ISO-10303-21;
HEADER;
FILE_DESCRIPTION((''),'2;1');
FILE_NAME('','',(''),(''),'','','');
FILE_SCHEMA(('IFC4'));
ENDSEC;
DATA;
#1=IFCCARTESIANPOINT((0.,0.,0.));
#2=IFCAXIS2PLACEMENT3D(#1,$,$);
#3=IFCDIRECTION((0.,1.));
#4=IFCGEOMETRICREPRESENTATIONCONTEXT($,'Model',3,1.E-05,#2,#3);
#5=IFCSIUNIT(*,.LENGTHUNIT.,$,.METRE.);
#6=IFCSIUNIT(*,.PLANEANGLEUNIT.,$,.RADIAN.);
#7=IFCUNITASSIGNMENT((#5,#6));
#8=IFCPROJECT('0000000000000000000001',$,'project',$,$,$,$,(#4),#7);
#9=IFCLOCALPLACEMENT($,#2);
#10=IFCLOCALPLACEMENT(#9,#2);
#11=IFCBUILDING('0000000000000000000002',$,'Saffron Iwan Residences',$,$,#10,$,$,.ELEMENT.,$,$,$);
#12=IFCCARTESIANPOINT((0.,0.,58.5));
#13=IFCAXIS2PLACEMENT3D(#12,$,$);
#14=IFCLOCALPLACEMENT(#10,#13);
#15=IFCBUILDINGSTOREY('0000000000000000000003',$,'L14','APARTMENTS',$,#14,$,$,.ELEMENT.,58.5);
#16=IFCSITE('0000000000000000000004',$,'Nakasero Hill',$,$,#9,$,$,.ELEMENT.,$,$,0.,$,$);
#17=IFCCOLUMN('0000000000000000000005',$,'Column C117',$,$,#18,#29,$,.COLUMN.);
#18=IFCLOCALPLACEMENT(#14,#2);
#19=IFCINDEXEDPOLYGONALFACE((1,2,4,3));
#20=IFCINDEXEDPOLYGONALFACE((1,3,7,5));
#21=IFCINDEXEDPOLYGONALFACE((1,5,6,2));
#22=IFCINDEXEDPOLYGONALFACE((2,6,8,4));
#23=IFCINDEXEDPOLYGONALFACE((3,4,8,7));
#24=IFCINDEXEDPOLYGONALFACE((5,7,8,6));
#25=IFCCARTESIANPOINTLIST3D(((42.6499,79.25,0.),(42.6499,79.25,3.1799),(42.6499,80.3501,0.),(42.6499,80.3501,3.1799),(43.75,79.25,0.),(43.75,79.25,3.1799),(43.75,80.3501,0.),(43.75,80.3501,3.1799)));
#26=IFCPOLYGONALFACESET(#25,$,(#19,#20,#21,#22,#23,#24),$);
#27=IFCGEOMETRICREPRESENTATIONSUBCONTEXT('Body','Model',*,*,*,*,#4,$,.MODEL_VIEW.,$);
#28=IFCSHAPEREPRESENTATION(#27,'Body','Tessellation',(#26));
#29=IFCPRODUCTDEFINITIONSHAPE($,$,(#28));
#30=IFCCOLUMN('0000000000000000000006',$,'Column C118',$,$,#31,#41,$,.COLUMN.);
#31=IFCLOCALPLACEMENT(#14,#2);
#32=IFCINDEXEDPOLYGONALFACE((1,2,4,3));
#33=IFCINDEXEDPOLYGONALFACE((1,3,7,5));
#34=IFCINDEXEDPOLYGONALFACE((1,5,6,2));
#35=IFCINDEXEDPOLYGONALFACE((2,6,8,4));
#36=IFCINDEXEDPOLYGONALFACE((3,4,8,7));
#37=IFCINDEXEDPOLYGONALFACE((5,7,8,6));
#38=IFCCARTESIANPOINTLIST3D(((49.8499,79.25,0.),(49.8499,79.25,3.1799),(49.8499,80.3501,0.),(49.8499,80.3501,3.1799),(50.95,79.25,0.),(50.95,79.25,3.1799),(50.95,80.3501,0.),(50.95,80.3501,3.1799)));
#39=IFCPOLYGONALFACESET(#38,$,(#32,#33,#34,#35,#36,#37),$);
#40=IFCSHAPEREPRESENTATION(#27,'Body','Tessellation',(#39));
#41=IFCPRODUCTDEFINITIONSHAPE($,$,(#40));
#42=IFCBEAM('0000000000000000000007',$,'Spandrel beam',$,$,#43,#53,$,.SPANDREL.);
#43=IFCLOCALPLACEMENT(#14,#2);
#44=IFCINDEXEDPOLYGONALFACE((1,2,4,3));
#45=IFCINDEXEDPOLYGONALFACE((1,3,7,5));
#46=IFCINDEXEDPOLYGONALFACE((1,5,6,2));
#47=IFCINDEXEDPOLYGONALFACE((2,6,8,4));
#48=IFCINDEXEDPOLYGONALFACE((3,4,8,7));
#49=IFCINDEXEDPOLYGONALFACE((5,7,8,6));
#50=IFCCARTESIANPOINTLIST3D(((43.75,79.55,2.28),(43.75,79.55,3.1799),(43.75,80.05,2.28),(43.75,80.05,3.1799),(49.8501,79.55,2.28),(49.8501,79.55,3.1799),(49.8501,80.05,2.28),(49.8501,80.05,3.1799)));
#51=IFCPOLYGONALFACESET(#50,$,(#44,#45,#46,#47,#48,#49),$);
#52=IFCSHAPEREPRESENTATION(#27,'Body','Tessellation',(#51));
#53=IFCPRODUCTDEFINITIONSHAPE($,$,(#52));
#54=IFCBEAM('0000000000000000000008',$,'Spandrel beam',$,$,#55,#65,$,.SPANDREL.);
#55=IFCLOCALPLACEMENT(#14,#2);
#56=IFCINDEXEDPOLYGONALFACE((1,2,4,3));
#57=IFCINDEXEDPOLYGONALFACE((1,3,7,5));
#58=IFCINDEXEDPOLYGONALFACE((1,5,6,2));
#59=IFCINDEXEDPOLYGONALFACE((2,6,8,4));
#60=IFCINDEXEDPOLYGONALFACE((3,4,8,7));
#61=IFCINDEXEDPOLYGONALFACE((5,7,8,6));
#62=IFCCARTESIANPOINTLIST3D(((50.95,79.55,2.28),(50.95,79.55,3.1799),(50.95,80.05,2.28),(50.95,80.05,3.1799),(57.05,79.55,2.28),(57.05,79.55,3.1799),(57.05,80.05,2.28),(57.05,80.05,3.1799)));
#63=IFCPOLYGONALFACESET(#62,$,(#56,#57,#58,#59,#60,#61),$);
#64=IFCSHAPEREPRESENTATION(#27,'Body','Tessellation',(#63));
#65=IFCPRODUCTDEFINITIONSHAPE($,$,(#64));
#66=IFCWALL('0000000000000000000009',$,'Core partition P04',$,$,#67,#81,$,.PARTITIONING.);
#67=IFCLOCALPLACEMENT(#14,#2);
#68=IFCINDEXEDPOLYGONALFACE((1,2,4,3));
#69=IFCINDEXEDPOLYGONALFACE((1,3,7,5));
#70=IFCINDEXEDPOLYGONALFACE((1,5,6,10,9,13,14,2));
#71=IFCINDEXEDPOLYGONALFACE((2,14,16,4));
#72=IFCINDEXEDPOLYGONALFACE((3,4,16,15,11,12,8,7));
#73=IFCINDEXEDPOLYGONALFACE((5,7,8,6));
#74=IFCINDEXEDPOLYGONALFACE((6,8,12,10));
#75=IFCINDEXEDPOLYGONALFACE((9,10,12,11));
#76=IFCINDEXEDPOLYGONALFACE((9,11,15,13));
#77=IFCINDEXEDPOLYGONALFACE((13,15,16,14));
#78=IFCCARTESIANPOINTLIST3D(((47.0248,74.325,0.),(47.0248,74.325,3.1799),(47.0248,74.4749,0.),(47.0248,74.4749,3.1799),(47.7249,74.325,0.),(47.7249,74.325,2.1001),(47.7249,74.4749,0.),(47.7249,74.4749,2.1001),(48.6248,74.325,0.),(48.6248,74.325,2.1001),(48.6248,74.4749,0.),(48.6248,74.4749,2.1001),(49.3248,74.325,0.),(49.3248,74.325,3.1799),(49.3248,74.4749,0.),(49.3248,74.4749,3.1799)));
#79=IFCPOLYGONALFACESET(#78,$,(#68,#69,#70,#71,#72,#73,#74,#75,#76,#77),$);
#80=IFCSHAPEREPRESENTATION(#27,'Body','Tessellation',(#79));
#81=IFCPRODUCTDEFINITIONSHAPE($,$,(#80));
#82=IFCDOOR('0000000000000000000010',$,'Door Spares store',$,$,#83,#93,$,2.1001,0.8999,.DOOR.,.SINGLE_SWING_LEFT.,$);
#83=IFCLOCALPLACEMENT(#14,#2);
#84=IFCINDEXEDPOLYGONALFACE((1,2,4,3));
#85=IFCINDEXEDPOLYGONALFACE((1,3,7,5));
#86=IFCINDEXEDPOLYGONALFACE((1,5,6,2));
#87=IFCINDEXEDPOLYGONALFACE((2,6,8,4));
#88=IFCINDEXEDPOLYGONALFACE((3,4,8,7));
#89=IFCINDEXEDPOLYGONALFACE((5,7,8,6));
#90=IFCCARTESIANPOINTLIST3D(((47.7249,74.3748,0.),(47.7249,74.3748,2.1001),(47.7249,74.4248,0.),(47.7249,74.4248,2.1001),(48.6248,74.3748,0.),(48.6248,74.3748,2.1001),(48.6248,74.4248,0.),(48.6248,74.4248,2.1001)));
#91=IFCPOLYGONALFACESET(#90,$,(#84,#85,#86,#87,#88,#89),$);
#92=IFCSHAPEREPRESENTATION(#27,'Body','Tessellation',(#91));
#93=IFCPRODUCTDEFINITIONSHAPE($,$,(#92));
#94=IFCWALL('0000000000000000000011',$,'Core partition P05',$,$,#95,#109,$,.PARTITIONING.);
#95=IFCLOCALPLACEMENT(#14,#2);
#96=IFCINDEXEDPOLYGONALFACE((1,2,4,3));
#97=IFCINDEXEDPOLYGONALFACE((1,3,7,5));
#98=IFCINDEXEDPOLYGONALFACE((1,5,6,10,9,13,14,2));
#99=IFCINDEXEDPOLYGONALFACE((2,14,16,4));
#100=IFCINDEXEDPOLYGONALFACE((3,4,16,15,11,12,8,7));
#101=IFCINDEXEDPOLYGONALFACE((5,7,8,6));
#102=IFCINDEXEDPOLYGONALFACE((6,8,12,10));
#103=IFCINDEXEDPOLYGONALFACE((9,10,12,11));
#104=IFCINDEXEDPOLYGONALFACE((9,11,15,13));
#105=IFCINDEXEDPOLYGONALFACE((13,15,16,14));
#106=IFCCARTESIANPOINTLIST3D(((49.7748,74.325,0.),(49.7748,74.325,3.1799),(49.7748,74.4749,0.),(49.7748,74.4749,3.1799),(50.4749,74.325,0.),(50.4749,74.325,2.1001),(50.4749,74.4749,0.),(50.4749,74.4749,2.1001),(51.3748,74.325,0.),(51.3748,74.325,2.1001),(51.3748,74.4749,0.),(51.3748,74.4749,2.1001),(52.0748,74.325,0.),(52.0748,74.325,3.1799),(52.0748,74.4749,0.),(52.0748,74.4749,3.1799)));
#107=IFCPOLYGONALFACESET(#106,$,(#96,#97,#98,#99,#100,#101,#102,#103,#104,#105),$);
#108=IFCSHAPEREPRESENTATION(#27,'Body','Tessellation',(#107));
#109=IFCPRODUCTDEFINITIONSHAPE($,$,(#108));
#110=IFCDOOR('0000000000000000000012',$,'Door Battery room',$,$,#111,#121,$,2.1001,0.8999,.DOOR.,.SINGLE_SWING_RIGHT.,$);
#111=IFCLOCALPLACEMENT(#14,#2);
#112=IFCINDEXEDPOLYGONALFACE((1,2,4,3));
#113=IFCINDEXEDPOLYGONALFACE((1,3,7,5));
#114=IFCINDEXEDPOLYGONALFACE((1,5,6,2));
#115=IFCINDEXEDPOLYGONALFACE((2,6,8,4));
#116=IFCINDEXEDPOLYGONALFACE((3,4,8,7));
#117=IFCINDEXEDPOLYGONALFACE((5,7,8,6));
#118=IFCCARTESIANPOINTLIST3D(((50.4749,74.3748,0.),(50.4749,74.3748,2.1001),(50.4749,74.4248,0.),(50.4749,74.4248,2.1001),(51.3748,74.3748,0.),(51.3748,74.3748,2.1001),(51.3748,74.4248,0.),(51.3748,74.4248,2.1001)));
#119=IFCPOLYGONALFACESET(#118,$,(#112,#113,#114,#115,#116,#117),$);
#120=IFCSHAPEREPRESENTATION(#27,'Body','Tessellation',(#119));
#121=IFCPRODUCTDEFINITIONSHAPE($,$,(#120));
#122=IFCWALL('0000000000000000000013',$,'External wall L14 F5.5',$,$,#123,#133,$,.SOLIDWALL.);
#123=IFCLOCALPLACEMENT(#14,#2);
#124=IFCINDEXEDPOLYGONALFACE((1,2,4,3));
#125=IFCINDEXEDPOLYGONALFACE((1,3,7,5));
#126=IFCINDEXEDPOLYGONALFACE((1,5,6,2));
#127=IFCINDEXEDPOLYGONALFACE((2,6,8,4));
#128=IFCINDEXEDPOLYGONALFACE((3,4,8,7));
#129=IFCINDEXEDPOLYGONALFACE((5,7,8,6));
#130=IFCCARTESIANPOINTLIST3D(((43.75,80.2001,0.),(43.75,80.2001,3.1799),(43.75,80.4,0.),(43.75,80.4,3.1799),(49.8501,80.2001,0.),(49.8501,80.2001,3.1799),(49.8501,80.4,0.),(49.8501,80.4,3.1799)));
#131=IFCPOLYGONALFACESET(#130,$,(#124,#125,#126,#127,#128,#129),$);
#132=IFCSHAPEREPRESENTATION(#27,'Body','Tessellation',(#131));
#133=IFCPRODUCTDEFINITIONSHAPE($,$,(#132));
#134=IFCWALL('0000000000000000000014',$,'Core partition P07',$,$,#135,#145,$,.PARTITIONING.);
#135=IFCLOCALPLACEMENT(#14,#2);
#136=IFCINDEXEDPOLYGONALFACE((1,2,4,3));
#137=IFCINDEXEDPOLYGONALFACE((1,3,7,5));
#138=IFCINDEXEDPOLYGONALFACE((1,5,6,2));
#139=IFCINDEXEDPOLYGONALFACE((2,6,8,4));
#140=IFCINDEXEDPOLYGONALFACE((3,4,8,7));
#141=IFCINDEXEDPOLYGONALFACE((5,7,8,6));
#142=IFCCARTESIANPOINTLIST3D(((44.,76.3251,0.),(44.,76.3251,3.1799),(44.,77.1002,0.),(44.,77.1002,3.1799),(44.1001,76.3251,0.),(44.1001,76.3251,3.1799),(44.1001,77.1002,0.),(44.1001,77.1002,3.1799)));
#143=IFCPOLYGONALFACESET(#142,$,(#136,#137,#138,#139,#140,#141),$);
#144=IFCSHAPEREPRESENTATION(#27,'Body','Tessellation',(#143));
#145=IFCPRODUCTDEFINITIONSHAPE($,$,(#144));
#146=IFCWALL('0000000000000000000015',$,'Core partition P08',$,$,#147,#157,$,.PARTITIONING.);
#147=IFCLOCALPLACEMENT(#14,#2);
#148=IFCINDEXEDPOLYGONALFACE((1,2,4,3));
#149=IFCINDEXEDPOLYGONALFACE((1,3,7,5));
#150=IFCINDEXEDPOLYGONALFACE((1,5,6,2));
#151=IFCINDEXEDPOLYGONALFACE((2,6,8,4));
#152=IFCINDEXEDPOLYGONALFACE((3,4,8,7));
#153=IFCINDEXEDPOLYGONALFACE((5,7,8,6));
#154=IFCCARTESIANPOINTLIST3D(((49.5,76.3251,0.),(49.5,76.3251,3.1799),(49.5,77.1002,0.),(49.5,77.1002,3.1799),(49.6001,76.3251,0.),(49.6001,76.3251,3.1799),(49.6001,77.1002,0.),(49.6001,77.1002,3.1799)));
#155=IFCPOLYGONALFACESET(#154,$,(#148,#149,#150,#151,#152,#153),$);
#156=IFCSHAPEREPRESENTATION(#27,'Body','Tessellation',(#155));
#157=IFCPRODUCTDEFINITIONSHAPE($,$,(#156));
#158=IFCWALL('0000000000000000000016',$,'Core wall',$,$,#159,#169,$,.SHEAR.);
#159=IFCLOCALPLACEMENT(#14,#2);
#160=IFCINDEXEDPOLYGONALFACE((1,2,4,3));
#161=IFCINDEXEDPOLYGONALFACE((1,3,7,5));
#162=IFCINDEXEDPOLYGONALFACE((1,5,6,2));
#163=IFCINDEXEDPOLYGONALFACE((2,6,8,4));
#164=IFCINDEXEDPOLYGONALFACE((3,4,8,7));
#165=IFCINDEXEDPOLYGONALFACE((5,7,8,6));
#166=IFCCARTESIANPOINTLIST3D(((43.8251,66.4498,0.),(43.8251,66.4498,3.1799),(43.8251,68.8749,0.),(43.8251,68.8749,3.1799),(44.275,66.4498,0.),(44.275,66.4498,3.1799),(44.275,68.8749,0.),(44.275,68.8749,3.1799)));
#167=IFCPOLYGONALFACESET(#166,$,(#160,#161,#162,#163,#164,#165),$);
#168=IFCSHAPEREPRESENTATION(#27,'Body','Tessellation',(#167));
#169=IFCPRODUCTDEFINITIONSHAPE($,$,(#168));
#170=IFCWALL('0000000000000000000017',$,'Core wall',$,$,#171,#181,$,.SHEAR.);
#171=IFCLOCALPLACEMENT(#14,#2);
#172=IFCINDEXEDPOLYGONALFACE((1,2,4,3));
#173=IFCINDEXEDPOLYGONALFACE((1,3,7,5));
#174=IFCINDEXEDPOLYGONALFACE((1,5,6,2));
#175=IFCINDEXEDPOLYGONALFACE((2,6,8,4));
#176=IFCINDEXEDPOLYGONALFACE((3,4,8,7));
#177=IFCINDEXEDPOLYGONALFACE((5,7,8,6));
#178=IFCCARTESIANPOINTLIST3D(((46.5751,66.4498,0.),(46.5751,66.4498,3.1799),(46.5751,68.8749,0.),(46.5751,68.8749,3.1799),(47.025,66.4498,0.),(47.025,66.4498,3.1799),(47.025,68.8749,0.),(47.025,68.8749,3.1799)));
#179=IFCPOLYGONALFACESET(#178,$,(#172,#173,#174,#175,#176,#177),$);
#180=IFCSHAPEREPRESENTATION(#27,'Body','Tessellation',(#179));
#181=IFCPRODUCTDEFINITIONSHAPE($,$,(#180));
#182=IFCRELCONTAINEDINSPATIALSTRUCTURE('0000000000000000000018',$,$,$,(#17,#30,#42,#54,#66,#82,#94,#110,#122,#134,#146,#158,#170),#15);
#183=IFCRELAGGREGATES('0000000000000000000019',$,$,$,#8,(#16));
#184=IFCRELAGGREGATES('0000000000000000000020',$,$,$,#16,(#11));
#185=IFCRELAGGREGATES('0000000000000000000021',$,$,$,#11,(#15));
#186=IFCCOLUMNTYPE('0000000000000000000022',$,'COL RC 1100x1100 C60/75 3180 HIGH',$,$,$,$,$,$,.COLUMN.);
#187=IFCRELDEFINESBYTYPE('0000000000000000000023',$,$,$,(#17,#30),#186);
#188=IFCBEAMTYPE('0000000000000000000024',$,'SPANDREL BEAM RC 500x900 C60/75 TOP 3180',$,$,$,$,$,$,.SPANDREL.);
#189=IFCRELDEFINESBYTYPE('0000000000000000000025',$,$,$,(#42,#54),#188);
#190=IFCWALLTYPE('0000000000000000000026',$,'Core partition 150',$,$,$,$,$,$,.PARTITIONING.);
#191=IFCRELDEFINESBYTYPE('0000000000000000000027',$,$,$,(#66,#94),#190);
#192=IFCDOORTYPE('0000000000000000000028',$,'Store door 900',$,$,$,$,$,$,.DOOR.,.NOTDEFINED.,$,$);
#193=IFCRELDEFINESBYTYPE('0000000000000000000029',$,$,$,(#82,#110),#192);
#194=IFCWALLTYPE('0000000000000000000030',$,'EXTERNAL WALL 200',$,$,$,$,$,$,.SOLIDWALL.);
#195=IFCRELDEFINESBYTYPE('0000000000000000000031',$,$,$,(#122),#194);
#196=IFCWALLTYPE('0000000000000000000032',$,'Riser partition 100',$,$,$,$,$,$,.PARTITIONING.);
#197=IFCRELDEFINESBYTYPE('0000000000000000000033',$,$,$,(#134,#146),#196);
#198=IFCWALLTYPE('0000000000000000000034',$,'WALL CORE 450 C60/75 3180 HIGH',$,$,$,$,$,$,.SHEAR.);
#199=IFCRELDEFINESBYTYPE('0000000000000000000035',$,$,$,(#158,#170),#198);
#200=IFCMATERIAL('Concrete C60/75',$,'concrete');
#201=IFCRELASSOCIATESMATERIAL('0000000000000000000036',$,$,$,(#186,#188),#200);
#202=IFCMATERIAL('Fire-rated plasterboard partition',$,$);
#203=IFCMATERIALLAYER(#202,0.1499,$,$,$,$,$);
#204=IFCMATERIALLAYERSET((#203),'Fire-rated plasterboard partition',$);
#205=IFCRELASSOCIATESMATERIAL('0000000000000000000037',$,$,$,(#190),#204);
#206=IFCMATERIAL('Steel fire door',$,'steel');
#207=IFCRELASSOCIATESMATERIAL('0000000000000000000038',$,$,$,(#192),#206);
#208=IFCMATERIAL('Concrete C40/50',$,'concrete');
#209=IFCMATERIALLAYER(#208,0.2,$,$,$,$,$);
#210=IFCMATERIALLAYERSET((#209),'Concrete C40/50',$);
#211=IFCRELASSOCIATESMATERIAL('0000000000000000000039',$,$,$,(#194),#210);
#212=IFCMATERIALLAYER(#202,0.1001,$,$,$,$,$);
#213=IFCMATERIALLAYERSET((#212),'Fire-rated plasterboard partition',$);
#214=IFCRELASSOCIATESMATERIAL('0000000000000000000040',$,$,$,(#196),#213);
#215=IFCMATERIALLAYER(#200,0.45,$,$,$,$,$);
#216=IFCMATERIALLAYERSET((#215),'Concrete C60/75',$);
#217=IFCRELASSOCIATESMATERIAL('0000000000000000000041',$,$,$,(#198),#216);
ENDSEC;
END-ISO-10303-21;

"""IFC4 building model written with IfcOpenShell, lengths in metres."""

from ifc_helpers import new_model, si_unit, direction, frame, frame_2d, origin, origin_2d, place, context, subcontext, project, spatial, rectangle, extrude, source, transform, mapped, material, layer, layer_set, material_profile, profile_set, type_object, element, fill, save


model = new_model("IFC4")

# Units and contexts
model_context = context("Model", 3, precision=1e-05, world=origin(), true_north=direction((0.0, 1.0)))
body_context = subcontext(model_context, "Body", "Model", "MODEL_VIEW")
ifc_project = project(units=[si_unit("LENGTHUNIT", "METRE"), si_unit("PLANEANGLEUNIT", "RADIAN")], contexts=[model_context])

# Site, building, storey
site_placement = place(None, origin())
site = spatial("IfcSite", under=ifc_project, at=site_placement, Name="Nakasero Hill", CompositionType="ELEMENT", RefElevation=0.0)
building_placement = place(site_placement, origin())
building = spatial("IfcBuilding", under=site, at=building_placement, Name="Saffron Iwan Residences", CompositionType="ELEMENT")
storey_placement = place(building_placement, frame((0.0, 0.0, 58.5)))
storey = spatial("IfcBuildingStorey", under=building, at=storey_placement, Name="L14", Description="APARTMENTS", CompositionType="ELEMENT", Elevation=58.5)

# Columns
ifc_material_1 = material(Name="Concrete C60/75", Category="concrete")
ifc_material_profile_1 = material_profile(ifc_material_1, rectangle(XDim=1.1001, YDim=1.1001, at=origin_2d()), Name="RC 1100x1100")
ifc_profile_set_1 = profile_set([ifc_material_profile_1], Name="Concrete C60/75")
column_type = type_object("IfcColumnType", Name="COL RC 1100x1100 C60/75 3180 HIGH", PredefinedType="COLUMN", material=ifc_profile_set_1)
shared_shape_1 = source(origin(), body_context, "Body", "SweptSolid", [
    extrude(rectangle(XDim=1.1001, YDim=1.1001, at=origin_2d()), origin(), (0.0, 0.0, 1.0), 3.1799),
])
for number, where, z_axis, x_axis, name in (
    (1, (43.2, 79.8, 0.0), (0.0, 0.0, 1.0), (1.0, 0.0, 0.0), "Column C117"),
    (2, (50.3999, 79.8, 0.0), (0.0, 0.0, 1.0), (1.0, 0.0, 0.0), "Column C118"),
):
    element("IfcColumn", number, at=place(storey_placement, frame(where, z_axis=z_axis, x_axis=x_axis)), inside=storey, type_object=column_type, Name=name, PredefinedType="COLUMN", context=body_context, shape_type="MappedRepresentation", body=[
        mapped(shared_shape_1, transform((0.0, 0.0, 0.0))),
    ])

# Beams
ifc_material_profile_2 = material_profile(ifc_material_1, rectangle(XDim=0.5, YDim=0.8999, at=origin_2d()), Name="RC 500x900")
ifc_profile_set_2 = profile_set([ifc_material_profile_2], Name="Concrete C60/75")
beam_type = type_object("IfcBeamType", Name="SPANDREL BEAM RC 500x900 C60/75 TOP 3180", PredefinedType="SPANDREL", material=ifc_profile_set_2)
shared_shape_2 = source(origin(), body_context, "Body", "SweptSolid", [
    extrude(rectangle(XDim=0.5, YDim=0.8999, at=origin_2d()), origin(), (0.0, 0.0, 1.0), 6.1001),
])
for number, where, z_axis, x_axis, name in (
    (3, (43.75, 79.8, 2.73), (1.0, 0.0, 0.0), (0.0, 1.0, 0.0), "Spandrel beam"),
    (4, (50.95, 79.8, 2.73), (1.0, 0.0, 0.0), (0.0, 1.0, 0.0), "Spandrel beam"),
):
    element("IfcBeam", number, at=place(storey_placement, frame(where, z_axis=z_axis, x_axis=x_axis)), inside=storey, type_object=beam_type, Name=name, PredefinedType="SPANDREL", context=body_context, shape_type="MappedRepresentation", body=[
        mapped(shared_shape_2, transform((0.0, 0.0, 0.0))),
    ])

# Walls, openings, doors
ifc_material_2 = material(Name="Fire-rated plasterboard partition")
ifc_layer_1 = layer(ifc_material_2, 0.1499)
ifc_layer_set_1 = layer_set([ifc_layer_1], Name="Fire-rated plasterboard partition")
wall_type_1 = type_object("IfcWallType", Name="Core partition 150", PredefinedType="PARTITIONING", material=ifc_layer_set_1)
wall_1_placement = place(storey_placement, frame((47.0249, 74.3999, 0.0), z_axis=(0.0, 0.0, 1.0), x_axis=(1.0, 0.0, 0.0)))
wall_1 = element("IfcWall", 5, at=wall_1_placement, inside=storey, type_object=wall_type_1, Name="Core partition P04", PredefinedType="PARTITIONING", context=body_context, shape_type="SweptSolid", body=[
    extrude(rectangle(XDim=2.3, YDim=0.1499, at=frame_2d((1.1499, 0.0))), origin(), (0.0, 0.0, 1.0), 3.1799),
])
opening_1_placement = place(wall_1_placement, frame((0.7, 0.0, 0.0)))
opening_1 = element("IfcOpeningElement", 6, at=opening_1_placement, cuts=wall_1, PredefinedType="OPENING", context=body_context, shape_type="SweptSolid", body=[
    extrude(rectangle(XDim=0.8999, YDim=2.1001, at=frame_2d((0.45, 1.05))), frame((0.0, 0.085, 0.0), z_axis=(0.0, -1.0, 0.0), x_axis=(1.0, 0.0, 0.0)), (0.0, 0.0, 1.0), 0.1699),
])
ifc_material_3 = material(Name="Steel fire door", Category="steel")
door_type = type_object("IfcDoorType", Name="Store door 900", OperationType="NOTDEFINED", PredefinedType="DOOR", material=ifc_material_3)
door_1_placement = place(opening_1_placement, origin())
door_1 = element("IfcDoor", 7, at=door_1_placement, inside=storey, type_object=door_type, Name="Door Spares store", OperationType="SINGLE_SWING_LEFT", OverallHeight=2.1001, OverallWidth=0.8999, PredefinedType="DOOR", context=body_context, shape_type="SweptSolid", body=[
    extrude(rectangle(XDim=0.8999, YDim=2.1001, at=frame_2d((0.45, 1.05))), frame((0.0, 0.0249, 0.0), z_axis=(0.0, -1.0, 0.0), x_axis=(1.0, 0.0, 0.0)), (0.0, 0.0, 1.0), 0.05),
])
fill(opening_1, door_1)
wall_2_placement = place(storey_placement, frame((49.7749, 74.3999, 0.0), z_axis=(0.0, 0.0, 1.0), x_axis=(1.0, 0.0, 0.0)))
wall_2 = element("IfcWall", 8, at=wall_2_placement, inside=storey, type_object=wall_type_1, Name="Core partition P05", PredefinedType="PARTITIONING", context=body_context, shape_type="SweptSolid", body=[
    extrude(rectangle(XDim=2.3, YDim=0.1499, at=frame_2d((1.1499, 0.0))), origin(), (0.0, 0.0, 1.0), 3.1799),
])
opening_2_placement = place(wall_2_placement, frame((0.7, 0.0, 0.0)))
opening_2 = element("IfcOpeningElement", 9, at=opening_2_placement, cuts=wall_2, PredefinedType="OPENING", context=body_context, shape_type="SweptSolid", body=[
    extrude(rectangle(XDim=0.8999, YDim=2.1001, at=frame_2d((0.45, 1.05))), frame((0.0, 0.085, 0.0), z_axis=(0.0, -1.0, 0.0), x_axis=(1.0, 0.0, 0.0)), (0.0, 0.0, 1.0), 0.1699),
])
door_2_placement = place(opening_2_placement, origin())
door_2 = element("IfcDoor", 10, at=door_2_placement, inside=storey, type_object=door_type, Name="Door Battery room", OperationType="SINGLE_SWING_RIGHT", OverallHeight=2.1001, OverallWidth=0.8999, PredefinedType="DOOR", context=body_context, shape_type="SweptSolid", body=[
    extrude(rectangle(XDim=0.8999, YDim=2.1001, at=frame_2d((0.45, 1.05))), frame((0.0, 0.0249, 0.0), z_axis=(0.0, -1.0, 0.0), x_axis=(1.0, 0.0, 0.0)), (0.0, 0.0, 1.0), 0.05),
])
fill(opening_2, door_2)

# Walls
ifc_material_4 = material(Name="Concrete C40/50", Category="concrete")
ifc_layer_2 = layer(ifc_material_4, 0.2)
ifc_layer_set_2 = layer_set([ifc_layer_2], Name="Concrete C40/50")
wall_type_2 = type_object("IfcWallType", Name="EXTERNAL WALL 200", PredefinedType="SOLIDWALL", material=ifc_layer_set_2)
wall_3_placement = place(storey_placement, frame((49.8501, 80.3, 0.0), z_axis=(0.0, 0.0, 1.0), x_axis=(-1.0, 0.0, 0.0)))
element("IfcWall", 11, at=wall_3_placement, inside=storey, type_object=wall_type_2, Name="External wall L14 F5.5", PredefinedType="SOLIDWALL", context=body_context, shape_type="SweptSolid", body=[
    extrude(rectangle(XDim=6.1001, YDim=0.2, at=frame_2d((3.05, 0.0))), origin(), (0.0, 0.0, 1.0), 3.1799),
])
ifc_layer_3 = layer(ifc_material_2, 0.1001)
ifc_layer_set_3 = layer_set([ifc_layer_3], Name="Fire-rated plasterboard partition")
wall_type_3 = type_object("IfcWallType", Name="Riser partition 100", PredefinedType="PARTITIONING", material=ifc_layer_set_3)
for number, where, z_axis, x_axis, name in (
    (12, (44.05, 76.325, 0.0), (0.0, 0.0, 1.0), (0.0, 1.0, 0.0), "Core partition P07"),
    (13, (49.55, 76.325, 0.0), (0.0, 0.0, 1.0), (0.0, 1.0, 0.0), "Core partition P08"),
):
    element("IfcWall", number, at=place(storey_placement, frame(where, z_axis=z_axis, x_axis=x_axis)), inside=storey, type_object=wall_type_3, Name=name, PredefinedType="PARTITIONING", context=body_context, shape_type="SweptSolid", body=[
        extrude(rectangle(XDim=0.7751, YDim=0.1001, at=frame_2d((0.3877, 0.0))), origin(), (0.0, 0.0, 1.0), 3.1799),
    ])
ifc_layer_4 = layer(ifc_material_1, 0.45)
ifc_layer_set_4 = layer_set([ifc_layer_4], Name="Concrete C60/75")
wall_type_4 = type_object("IfcWallType", Name="WALL CORE 450 C60/75 3180 HIGH", PredefinedType="SHEAR", material=ifc_layer_set_4)
for number, where, z_axis, x_axis, name in (
    (14, (44.05, 66.45, 0.0), (0.0, 0.0, 1.0), (0.0, 1.0, 0.0), "Core wall"),
    (15, (46.8, 66.45, 0.0), (0.0, 0.0, 1.0), (0.0, 1.0, 0.0), "Core wall"),
):
    element("IfcWall", number, at=place(storey_placement, frame(where, z_axis=z_axis, x_axis=x_axis)), inside=storey, type_object=wall_type_4, Name=name, PredefinedType="SHEAR", context=body_context, shape_type="SweptSolid", body=[
        extrude(rectangle(XDim=2.425, YDim=0.45, at=frame_2d((1.2124, 0.0))), origin(), (0.0, 0.0, 1.0), 3.1799),
    ])

save(model, "model.ifc")
